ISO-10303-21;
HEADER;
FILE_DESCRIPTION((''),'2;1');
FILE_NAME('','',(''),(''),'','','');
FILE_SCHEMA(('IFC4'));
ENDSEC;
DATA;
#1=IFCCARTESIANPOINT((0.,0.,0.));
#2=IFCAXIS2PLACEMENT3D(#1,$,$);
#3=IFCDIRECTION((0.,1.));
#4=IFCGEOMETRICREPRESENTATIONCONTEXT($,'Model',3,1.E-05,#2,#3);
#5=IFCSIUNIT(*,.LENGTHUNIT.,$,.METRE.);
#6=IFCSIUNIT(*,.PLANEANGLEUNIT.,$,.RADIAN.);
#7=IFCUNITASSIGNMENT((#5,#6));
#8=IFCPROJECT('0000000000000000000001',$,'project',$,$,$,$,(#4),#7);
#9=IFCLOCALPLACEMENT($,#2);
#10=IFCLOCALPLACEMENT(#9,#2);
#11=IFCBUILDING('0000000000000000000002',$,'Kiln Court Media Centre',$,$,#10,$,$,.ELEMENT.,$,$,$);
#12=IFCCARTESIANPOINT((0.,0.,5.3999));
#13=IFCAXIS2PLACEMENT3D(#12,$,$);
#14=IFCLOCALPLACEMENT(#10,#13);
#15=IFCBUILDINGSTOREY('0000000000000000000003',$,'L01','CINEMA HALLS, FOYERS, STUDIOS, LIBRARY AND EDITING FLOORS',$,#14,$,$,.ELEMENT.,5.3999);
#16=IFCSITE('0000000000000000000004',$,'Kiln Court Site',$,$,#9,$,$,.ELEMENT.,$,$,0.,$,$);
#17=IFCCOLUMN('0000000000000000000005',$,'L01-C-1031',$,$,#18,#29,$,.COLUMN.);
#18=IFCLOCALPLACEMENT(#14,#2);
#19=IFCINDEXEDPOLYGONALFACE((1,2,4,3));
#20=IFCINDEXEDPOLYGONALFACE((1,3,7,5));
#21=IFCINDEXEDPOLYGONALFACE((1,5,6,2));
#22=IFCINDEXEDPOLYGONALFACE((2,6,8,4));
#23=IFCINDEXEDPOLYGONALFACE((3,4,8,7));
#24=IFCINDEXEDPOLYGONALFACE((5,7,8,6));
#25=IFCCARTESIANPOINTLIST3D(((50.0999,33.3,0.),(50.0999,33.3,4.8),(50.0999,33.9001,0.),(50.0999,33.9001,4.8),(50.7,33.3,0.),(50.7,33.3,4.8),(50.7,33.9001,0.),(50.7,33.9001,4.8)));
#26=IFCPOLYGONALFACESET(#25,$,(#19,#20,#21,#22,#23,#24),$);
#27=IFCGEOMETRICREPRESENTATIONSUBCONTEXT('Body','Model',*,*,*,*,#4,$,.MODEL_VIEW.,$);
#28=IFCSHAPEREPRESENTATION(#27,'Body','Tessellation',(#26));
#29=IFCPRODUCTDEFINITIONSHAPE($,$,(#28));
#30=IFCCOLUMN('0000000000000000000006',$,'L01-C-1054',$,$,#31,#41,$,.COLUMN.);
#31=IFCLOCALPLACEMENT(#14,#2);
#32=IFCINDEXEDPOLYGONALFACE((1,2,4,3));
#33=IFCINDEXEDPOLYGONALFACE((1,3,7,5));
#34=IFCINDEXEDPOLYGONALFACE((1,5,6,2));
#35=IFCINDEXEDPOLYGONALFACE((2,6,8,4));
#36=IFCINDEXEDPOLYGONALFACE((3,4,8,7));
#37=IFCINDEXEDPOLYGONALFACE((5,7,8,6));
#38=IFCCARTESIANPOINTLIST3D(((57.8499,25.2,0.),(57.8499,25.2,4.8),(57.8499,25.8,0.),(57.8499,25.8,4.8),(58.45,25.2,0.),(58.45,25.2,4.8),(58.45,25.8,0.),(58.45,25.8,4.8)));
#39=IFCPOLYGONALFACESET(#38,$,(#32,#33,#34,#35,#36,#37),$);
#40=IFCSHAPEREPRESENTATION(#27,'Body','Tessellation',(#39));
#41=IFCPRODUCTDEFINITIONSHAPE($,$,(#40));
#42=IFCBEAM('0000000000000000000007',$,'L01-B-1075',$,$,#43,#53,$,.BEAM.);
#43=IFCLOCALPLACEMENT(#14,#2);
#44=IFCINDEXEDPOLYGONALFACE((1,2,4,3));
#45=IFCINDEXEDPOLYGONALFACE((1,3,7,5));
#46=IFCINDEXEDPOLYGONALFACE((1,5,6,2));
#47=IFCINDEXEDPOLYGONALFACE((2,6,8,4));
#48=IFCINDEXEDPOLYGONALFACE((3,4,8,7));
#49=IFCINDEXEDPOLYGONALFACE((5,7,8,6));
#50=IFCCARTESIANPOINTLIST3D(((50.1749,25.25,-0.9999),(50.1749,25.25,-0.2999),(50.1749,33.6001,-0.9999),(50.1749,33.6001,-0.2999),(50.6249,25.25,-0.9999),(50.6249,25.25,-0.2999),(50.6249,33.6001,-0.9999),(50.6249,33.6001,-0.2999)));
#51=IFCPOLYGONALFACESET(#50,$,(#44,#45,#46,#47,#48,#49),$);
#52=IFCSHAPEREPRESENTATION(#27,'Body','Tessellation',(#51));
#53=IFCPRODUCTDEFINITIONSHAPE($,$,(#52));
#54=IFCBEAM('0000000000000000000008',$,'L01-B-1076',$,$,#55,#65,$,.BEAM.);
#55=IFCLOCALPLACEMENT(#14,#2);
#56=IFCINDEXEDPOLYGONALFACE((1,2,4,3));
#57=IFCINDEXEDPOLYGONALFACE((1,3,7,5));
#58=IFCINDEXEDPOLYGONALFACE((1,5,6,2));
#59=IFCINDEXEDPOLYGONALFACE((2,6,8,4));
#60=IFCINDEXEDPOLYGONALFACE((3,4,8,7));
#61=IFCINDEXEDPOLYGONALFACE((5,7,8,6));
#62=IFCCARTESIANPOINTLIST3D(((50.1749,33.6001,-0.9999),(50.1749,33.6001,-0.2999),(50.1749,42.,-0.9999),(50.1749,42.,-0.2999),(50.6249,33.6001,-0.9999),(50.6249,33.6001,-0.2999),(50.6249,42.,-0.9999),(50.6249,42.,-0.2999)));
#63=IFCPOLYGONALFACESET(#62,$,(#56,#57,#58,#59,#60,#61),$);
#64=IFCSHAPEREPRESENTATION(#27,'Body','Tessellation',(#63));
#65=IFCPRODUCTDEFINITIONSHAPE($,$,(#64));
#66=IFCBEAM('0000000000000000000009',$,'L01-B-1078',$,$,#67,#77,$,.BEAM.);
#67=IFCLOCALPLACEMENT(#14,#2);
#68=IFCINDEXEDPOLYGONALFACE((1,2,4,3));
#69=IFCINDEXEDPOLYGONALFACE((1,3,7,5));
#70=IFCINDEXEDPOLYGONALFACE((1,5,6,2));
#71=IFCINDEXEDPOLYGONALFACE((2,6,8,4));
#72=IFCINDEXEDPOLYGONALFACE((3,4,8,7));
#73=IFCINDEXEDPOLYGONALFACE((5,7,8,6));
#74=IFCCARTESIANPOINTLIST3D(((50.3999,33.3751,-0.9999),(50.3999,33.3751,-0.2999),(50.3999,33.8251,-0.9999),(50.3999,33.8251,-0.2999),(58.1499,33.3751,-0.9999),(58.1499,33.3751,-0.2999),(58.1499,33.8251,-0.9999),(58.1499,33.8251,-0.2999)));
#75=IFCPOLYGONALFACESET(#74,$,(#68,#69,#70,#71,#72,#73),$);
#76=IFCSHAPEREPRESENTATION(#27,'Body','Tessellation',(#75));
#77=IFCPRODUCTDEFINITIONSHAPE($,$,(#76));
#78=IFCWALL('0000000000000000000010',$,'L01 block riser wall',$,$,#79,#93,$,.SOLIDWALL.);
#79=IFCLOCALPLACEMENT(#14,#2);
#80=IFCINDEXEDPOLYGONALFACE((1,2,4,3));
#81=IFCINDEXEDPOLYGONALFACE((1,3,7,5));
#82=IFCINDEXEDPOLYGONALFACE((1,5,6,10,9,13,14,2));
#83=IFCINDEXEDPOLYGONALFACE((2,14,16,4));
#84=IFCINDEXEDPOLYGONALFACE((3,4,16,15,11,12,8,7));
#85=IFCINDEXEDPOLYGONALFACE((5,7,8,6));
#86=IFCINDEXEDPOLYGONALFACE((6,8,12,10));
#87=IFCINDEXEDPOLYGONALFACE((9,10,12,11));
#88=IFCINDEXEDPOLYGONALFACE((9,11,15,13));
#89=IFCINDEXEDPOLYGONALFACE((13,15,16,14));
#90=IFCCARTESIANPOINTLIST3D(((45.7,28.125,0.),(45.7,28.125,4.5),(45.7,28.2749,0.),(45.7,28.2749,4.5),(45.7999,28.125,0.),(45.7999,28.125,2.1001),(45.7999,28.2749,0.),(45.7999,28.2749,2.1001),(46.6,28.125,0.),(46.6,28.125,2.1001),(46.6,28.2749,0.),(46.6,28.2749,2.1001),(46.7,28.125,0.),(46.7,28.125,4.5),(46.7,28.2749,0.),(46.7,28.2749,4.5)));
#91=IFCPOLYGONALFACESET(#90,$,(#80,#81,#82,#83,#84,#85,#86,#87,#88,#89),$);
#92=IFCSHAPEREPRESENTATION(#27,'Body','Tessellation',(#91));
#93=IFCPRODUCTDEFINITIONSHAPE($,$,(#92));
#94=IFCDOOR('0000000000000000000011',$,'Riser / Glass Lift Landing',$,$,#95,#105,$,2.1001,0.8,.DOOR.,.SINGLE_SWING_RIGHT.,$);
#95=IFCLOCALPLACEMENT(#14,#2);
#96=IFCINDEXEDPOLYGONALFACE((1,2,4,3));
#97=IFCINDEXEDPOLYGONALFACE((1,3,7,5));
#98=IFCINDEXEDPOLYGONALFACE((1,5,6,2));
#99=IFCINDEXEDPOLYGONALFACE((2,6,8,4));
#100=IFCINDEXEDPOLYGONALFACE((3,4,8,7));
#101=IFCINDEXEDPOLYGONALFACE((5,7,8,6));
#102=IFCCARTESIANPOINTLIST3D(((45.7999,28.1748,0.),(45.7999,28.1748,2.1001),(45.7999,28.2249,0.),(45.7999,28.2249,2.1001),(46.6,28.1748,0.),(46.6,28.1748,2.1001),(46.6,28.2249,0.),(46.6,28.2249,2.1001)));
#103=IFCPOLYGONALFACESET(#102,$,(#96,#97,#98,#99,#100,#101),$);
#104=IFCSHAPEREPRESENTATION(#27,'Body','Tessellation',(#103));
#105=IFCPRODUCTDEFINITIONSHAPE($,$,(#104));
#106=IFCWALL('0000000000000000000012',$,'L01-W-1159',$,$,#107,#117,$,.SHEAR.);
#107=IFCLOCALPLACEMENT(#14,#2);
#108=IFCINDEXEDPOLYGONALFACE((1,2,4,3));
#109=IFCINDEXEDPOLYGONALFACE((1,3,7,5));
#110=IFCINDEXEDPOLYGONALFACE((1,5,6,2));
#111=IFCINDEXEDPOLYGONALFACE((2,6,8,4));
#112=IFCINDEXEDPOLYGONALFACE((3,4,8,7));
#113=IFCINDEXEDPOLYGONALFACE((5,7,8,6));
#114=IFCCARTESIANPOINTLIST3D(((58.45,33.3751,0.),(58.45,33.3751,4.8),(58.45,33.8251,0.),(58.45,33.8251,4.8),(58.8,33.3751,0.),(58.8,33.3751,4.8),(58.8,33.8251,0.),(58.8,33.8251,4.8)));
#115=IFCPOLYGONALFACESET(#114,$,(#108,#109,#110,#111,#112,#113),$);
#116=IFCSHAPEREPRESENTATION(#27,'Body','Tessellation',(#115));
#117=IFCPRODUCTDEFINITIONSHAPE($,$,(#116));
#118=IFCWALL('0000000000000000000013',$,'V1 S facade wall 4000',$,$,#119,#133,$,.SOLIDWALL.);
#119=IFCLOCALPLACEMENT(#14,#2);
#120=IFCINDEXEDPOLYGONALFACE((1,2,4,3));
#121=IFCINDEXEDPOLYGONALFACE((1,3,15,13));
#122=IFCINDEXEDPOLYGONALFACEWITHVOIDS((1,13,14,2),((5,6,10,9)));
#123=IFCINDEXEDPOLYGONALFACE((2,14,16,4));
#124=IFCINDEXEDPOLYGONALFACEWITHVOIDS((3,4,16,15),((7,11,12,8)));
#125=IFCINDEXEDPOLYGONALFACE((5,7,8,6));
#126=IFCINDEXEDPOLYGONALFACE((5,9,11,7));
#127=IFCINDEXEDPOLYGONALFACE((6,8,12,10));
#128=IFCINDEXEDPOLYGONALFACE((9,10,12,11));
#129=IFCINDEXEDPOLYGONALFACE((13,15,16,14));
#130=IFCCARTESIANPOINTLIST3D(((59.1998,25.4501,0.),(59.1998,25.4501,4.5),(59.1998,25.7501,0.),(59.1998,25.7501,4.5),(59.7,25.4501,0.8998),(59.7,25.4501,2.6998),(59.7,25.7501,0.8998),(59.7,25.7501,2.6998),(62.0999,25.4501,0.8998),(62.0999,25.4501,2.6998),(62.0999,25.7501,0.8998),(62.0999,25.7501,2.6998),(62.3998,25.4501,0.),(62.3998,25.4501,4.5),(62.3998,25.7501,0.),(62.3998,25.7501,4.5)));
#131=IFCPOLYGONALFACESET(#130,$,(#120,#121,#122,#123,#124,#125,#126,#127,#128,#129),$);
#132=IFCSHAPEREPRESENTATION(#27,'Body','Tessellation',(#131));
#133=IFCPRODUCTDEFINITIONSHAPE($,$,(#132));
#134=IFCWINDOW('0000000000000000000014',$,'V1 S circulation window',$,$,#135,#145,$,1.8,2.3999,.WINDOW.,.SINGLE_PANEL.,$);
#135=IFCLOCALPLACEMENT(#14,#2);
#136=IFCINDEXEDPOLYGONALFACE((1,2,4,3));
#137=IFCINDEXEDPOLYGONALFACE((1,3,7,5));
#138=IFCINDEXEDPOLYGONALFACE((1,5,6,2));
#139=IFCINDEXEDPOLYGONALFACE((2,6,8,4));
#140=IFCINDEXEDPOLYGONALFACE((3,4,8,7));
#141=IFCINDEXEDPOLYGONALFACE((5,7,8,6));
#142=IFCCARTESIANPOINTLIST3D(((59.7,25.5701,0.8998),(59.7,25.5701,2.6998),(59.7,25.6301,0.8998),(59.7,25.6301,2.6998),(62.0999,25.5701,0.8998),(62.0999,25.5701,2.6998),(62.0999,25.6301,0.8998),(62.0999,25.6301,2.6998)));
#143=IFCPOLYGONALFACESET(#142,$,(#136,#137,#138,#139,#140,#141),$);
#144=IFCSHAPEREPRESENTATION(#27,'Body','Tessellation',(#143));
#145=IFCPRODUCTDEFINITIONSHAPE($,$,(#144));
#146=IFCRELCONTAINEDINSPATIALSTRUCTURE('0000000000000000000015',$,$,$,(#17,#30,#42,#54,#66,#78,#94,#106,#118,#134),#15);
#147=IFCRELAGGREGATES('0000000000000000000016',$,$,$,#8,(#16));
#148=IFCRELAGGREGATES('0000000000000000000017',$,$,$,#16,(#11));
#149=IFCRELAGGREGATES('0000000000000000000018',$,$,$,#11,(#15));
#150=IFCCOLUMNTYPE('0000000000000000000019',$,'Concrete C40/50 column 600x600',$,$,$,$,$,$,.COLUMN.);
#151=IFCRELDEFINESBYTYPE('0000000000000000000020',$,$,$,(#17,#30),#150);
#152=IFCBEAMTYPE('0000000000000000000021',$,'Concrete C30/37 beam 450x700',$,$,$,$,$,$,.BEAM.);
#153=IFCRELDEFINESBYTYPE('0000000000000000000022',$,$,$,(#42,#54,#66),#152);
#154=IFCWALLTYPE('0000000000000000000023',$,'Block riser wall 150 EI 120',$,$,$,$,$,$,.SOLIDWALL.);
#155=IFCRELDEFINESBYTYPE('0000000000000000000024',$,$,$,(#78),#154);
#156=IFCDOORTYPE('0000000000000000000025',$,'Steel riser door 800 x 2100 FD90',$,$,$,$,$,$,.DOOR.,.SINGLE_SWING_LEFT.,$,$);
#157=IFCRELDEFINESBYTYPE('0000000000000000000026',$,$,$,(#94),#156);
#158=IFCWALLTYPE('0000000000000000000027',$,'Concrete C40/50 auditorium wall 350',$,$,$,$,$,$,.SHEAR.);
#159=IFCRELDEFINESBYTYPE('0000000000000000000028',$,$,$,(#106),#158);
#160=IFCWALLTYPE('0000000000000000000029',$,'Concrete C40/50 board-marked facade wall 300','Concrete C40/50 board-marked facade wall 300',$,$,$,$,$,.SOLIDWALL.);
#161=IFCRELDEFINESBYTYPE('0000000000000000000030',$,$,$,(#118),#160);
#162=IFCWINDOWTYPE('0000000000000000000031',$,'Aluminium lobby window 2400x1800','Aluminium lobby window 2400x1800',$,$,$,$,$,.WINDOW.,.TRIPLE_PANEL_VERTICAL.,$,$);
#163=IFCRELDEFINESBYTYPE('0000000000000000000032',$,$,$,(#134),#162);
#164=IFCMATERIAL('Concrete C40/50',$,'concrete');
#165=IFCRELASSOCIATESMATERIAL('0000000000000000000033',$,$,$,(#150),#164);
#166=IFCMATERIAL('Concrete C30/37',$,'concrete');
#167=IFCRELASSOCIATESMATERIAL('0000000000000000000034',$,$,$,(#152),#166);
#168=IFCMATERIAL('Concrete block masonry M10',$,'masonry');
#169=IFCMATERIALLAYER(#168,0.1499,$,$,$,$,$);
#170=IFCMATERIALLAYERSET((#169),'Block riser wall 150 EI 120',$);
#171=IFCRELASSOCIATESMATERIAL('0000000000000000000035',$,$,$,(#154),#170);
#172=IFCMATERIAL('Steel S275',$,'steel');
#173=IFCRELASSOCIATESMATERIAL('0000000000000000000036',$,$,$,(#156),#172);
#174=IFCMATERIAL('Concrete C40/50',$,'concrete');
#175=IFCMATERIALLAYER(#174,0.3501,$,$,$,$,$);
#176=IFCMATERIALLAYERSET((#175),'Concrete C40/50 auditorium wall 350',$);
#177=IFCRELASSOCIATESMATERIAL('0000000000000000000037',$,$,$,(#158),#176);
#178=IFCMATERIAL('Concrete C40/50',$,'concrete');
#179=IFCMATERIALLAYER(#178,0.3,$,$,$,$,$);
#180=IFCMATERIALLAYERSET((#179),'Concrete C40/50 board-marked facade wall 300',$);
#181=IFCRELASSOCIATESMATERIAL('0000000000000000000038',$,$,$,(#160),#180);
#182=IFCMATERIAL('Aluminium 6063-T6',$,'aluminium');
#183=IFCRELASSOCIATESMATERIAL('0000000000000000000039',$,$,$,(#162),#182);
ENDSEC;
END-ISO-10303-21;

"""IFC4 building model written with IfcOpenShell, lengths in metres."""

from ifc_helpers import new_model, si_unit, direction, frame, frame_2d, origin, origin_2d, place, context, subcontext, project, spatial, rectangle, extrude, material, layer, layer_set, material_profile, profile_set, type_object, element, fill, save


model = new_model("IFC4")

# Units and contexts
model_context = context("Model", 3, precision=1e-05, world=origin(), true_north=direction((0.0, 1.0)))
body_context = subcontext(model_context, "Body", "Model", "MODEL_VIEW")
ifc_project = project(units=[si_unit("LENGTHUNIT", "METRE"), si_unit("PLANEANGLEUNIT", "RADIAN")], contexts=[model_context])

# Site, building, storey
site_placement = place(None, origin())
site = spatial("IfcSite", under=ifc_project, at=site_placement, Name="Kiln Court Site", CompositionType="ELEMENT", RefElevation=0.0)
building_placement = place(site_placement, origin())
building = spatial("IfcBuilding", under=site, at=building_placement, Name="Kiln Court Media Centre", CompositionType="ELEMENT")
storey_placement = place(building_placement, frame((0.0, 0.0, 5.3999)))
storey = spatial("IfcBuildingStorey", under=building, at=storey_placement, Name="L01", Description="CINEMA HALLS, FOYERS, STUDIOS, LIBRARY AND EDITING FLOORS", CompositionType="ELEMENT", Elevation=5.3999)

# Columns
ifc_material_1 = material(Name="Concrete C40/50", Category="concrete")
ifc_material_profile_1 = material_profile(ifc_material_1, rectangle(XDim=0.6001, YDim=0.6001, at=origin_2d()), Name="RC 600x600")
ifc_profile_set_1 = profile_set([ifc_material_profile_1], Name="Concrete C40/50")
column_type = type_object("IfcColumnType", Name="Concrete C40/50 column 600x600", PredefinedType="COLUMN", material=ifc_profile_set_1)
for number, where, z_axis, x_axis, name in (
    (1, (50.3999, 33.6001, 0.0), (0.0, 0.0, 1.0), (1.0, 0.0, 0.0), "L01-C-1031"),
    (2, (58.1499, 25.5, 0.0), (0.0, 0.0, 1.0), (1.0, 0.0, 0.0), "L01-C-1054"),
):
    element("IfcColumn", number, at=place(storey_placement, frame(where, z_axis=z_axis, x_axis=x_axis)), inside=storey, type_object=column_type, Name=name, PredefinedType="COLUMN", context=body_context, shape_type="SweptSolid", body=[
        extrude(rectangle(XDim=0.6001, YDim=0.6001, at=origin_2d()), origin(), (0.0, 0.0, 1.0), 4.8),
    ])

# Beams
ifc_material_2 = material(Name="Concrete C30/37", Category="concrete")
ifc_material_profile_2 = material_profile(ifc_material_2, rectangle(XDim=0.45, YDim=0.7, at=origin_2d()), Name="RC 450x700")
ifc_profile_set_2 = profile_set([ifc_material_profile_2], Name="Concrete C30/37")
beam_type = type_object("IfcBeamType", Name="Concrete C30/37 beam 450x700", PredefinedType="BEAM", material=ifc_profile_set_2)
beam_1_placement = place(storey_placement, frame((50.3999, 25.25, -0.6499), z_axis=(0.0, 1.0, 0.0), x_axis=(-1.0, 0.0, 0.0)))
element("IfcBeam", 3, at=beam_1_placement, inside=storey, type_object=beam_type, Name="L01-B-1075", PredefinedType="BEAM", context=body_context, shape_type="SweptSolid", body=[
    extrude(rectangle(XDim=0.45, YDim=0.7, at=origin_2d()), origin(), (0.0, 0.0, 1.0), 8.3501),
])
beam_2_placement = place(storey_placement, frame((50.3999, 33.6001, -0.6499), z_axis=(0.0, 1.0, 0.0), x_axis=(-1.0, 0.0, 0.0)))
element("IfcBeam", 4, at=beam_2_placement, inside=storey, type_object=beam_type, Name="L01-B-1076", PredefinedType="BEAM", context=body_context, shape_type="SweptSolid", body=[
    extrude(rectangle(XDim=0.45, YDim=0.7, at=origin_2d()), origin(), (0.0, 0.0, 1.0), 8.3999),
])
beam_3_placement = place(storey_placement, frame((50.3999, 33.6001, -0.6499), z_axis=(1.0, 0.0, 0.0), x_axis=(0.0, 1.0, 0.0)))
element("IfcBeam", 5, at=beam_3_placement, inside=storey, type_object=beam_type, Name="L01-B-1078", PredefinedType="BEAM", context=body_context, shape_type="SweptSolid", body=[
    extrude(rectangle(XDim=0.45, YDim=0.7, at=origin_2d()), origin(), (0.0, 0.0, 1.0), 7.75),
])

# Wall, opening, door
ifc_material_3 = material(Name="Concrete block masonry M10", Category="masonry")
ifc_layer_1 = layer(ifc_material_3, 0.1499)
ifc_layer_set_1 = layer_set([ifc_layer_1], Name="Block riser wall 150 EI 120")
wall_type_1 = type_object("IfcWallType", Name="Block riser wall 150 EI 120", PredefinedType="SOLIDWALL", material=ifc_layer_set_1)
wall_1_placement = place(storey_placement, frame((45.7, 28.2, 0.0), z_axis=(0.0, 0.0, 1.0), x_axis=(1.0, 0.0, 0.0)))
wall_1 = element("IfcWall", 6, at=wall_1_placement, inside=storey, type_object=wall_type_1, Name="L01 block riser wall", PredefinedType="SOLIDWALL", context=body_context, shape_type="SweptSolid", body=[
    extrude(rectangle(XDim=1.0, YDim=0.1499, at=frame_2d((0.5, 0.0))), origin(), (0.0, 0.0, 1.0), 4.5),
])
opening_1_placement = place(wall_1_placement, frame((0.1001, 0.0, 0.0)))
opening_1 = element("IfcOpeningElement", 7, at=opening_1_placement, cuts=wall_1, PredefinedType="OPENING", context=body_context, shape_type="SweptSolid", body=[
    extrude(rectangle(XDim=0.8, YDim=2.1001, at=frame_2d((0.3999, 1.05))), frame((0.0, 0.085, 0.0), z_axis=(0.0, -1.0, 0.0), x_axis=(1.0, 0.0, 0.0)), (0.0, 0.0, 1.0), 0.1699),
])
ifc_material_4 = material(Name="Steel S275", Category="steel")
door_type_1 = type_object("IfcDoorType", Name="Steel riser door 800 x 2100 FD90", OperationType="SINGLE_SWING_LEFT", PredefinedType="DOOR", material=ifc_material_4)
door_1_placement = place(opening_1_placement, origin())
door_1 = element("IfcDoor", 8, at=door_1_placement, inside=storey, type_object=door_type_1, Name="Riser / Glass Lift Landing", OperationType="SINGLE_SWING_RIGHT", OverallHeight=2.1001, OverallWidth=0.8, PredefinedType="DOOR", context=body_context, shape_type="SweptSolid", body=[
    extrude(rectangle(XDim=0.8, YDim=2.1001, at=frame_2d((0.3999, 1.05))), frame((0.0, 0.0249, 0.0), z_axis=(0.0, -1.0, 0.0), x_axis=(1.0, 0.0, 0.0)), (0.0, 0.0, 1.0), 0.05),
])
fill(opening_1, door_1)

# Wall
ifc_material_5 = material(Name="Concrete C40/50", Category="concrete")
ifc_layer_2 = layer(ifc_material_5, 0.3501)
ifc_layer_set_2 = layer_set([ifc_layer_2], Name="Concrete C40/50 auditorium wall 350")
wall_type_2 = type_object("IfcWallType", Name="Concrete C40/50 auditorium wall 350", PredefinedType="SHEAR", material=ifc_layer_set_2)
wall_2_placement = place(storey_placement, frame((58.625, 33.375, 0.0), z_axis=(0.0, 0.0, 1.0), x_axis=(0.0, 1.0, 0.0)))
element("IfcWall", 9, at=wall_2_placement, inside=storey, type_object=wall_type_2, Name="L01-W-1159", PredefinedType="SHEAR", context=body_context, shape_type="SweptSolid", body=[
    extrude(rectangle(XDim=0.45, YDim=0.3501, at=frame_2d((0.2251, 0.0))), origin(), (0.0, 0.0, 1.0), 4.8),
])

# Wall, opening, window
ifc_material_6 = material(Name="Concrete C40/50", Category="concrete")
ifc_layer_3 = layer(ifc_material_6, 0.3)
ifc_layer_set_3 = layer_set([ifc_layer_3], Name="Concrete C40/50 board-marked facade wall 300")
wall_type_3 = type_object("IfcWallType", Name="Concrete C40/50 board-marked facade wall 300", Description="Concrete C40/50 board-marked facade wall 300", PredefinedType="SOLIDWALL", material=ifc_layer_set_3)
wall_3_placement = place(storey_placement, frame((62.3999, 25.6001, 0.0), z_axis=(0.0, 0.0, 1.0), x_axis=(-1.0, 0.0, 0.0)))
wall_3 = element("IfcWall", 10, at=wall_3_placement, inside=storey, type_object=wall_type_3, Name="V1 S facade wall 4000", PredefinedType="SOLIDWALL", context=body_context, shape_type="SweptSolid", body=[
    extrude(rectangle(XDim=3.2, YDim=0.3, at=frame_2d((1.6001, 0.0))), origin(), (0.0, 0.0, 1.0), 4.5),
])
opening_2_placement = place(wall_3_placement, frame((0.3, 0.0, 0.8999)))
opening_2 = element("IfcOpeningElement", 11, at=opening_2_placement, cuts=wall_3, PredefinedType="OPENING", context=body_context, shape_type="SweptSolid", body=[
    extrude(rectangle(XDim=2.3999, YDim=1.8, at=frame_2d((1.2, 0.8999))), frame((0.0, 0.1599, 0.0), z_axis=(0.0, -1.0, 0.0), x_axis=(1.0, 0.0, 0.0)), (0.0, 0.0, 1.0), 0.3201),
])
ifc_material_7 = material(Name="Aluminium 6063-T6", Category="aluminium")
window_type = type_object("IfcWindowType", Name="Aluminium lobby window 2400x1800", Description="Aluminium lobby window 2400x1800", PartitioningType="TRIPLE_PANEL_VERTICAL", PredefinedType="WINDOW", material=ifc_material_7)
window_placement = place(opening_2_placement, origin())
window = element("IfcWindow", 12, at=window_placement, inside=storey, type_object=window_type, Name="V1 S circulation window", OverallHeight=1.8, OverallWidth=2.3999, PartitioningType="SINGLE_PANEL", PredefinedType="WINDOW", context=body_context, shape_type="SweptSolid", body=[
    extrude(rectangle(XDim=2.3999, YDim=1.8, at=frame_2d((1.2, 0.8999))), frame((0.0, 0.03, 0.0), z_axis=(0.0, -1.0, 0.0), x_axis=(1.0, 0.0, 0.0)), (0.0, 0.0, 1.0), 0.0601),
])
fill(opening_2, window)

save(model, "model.ifc")
